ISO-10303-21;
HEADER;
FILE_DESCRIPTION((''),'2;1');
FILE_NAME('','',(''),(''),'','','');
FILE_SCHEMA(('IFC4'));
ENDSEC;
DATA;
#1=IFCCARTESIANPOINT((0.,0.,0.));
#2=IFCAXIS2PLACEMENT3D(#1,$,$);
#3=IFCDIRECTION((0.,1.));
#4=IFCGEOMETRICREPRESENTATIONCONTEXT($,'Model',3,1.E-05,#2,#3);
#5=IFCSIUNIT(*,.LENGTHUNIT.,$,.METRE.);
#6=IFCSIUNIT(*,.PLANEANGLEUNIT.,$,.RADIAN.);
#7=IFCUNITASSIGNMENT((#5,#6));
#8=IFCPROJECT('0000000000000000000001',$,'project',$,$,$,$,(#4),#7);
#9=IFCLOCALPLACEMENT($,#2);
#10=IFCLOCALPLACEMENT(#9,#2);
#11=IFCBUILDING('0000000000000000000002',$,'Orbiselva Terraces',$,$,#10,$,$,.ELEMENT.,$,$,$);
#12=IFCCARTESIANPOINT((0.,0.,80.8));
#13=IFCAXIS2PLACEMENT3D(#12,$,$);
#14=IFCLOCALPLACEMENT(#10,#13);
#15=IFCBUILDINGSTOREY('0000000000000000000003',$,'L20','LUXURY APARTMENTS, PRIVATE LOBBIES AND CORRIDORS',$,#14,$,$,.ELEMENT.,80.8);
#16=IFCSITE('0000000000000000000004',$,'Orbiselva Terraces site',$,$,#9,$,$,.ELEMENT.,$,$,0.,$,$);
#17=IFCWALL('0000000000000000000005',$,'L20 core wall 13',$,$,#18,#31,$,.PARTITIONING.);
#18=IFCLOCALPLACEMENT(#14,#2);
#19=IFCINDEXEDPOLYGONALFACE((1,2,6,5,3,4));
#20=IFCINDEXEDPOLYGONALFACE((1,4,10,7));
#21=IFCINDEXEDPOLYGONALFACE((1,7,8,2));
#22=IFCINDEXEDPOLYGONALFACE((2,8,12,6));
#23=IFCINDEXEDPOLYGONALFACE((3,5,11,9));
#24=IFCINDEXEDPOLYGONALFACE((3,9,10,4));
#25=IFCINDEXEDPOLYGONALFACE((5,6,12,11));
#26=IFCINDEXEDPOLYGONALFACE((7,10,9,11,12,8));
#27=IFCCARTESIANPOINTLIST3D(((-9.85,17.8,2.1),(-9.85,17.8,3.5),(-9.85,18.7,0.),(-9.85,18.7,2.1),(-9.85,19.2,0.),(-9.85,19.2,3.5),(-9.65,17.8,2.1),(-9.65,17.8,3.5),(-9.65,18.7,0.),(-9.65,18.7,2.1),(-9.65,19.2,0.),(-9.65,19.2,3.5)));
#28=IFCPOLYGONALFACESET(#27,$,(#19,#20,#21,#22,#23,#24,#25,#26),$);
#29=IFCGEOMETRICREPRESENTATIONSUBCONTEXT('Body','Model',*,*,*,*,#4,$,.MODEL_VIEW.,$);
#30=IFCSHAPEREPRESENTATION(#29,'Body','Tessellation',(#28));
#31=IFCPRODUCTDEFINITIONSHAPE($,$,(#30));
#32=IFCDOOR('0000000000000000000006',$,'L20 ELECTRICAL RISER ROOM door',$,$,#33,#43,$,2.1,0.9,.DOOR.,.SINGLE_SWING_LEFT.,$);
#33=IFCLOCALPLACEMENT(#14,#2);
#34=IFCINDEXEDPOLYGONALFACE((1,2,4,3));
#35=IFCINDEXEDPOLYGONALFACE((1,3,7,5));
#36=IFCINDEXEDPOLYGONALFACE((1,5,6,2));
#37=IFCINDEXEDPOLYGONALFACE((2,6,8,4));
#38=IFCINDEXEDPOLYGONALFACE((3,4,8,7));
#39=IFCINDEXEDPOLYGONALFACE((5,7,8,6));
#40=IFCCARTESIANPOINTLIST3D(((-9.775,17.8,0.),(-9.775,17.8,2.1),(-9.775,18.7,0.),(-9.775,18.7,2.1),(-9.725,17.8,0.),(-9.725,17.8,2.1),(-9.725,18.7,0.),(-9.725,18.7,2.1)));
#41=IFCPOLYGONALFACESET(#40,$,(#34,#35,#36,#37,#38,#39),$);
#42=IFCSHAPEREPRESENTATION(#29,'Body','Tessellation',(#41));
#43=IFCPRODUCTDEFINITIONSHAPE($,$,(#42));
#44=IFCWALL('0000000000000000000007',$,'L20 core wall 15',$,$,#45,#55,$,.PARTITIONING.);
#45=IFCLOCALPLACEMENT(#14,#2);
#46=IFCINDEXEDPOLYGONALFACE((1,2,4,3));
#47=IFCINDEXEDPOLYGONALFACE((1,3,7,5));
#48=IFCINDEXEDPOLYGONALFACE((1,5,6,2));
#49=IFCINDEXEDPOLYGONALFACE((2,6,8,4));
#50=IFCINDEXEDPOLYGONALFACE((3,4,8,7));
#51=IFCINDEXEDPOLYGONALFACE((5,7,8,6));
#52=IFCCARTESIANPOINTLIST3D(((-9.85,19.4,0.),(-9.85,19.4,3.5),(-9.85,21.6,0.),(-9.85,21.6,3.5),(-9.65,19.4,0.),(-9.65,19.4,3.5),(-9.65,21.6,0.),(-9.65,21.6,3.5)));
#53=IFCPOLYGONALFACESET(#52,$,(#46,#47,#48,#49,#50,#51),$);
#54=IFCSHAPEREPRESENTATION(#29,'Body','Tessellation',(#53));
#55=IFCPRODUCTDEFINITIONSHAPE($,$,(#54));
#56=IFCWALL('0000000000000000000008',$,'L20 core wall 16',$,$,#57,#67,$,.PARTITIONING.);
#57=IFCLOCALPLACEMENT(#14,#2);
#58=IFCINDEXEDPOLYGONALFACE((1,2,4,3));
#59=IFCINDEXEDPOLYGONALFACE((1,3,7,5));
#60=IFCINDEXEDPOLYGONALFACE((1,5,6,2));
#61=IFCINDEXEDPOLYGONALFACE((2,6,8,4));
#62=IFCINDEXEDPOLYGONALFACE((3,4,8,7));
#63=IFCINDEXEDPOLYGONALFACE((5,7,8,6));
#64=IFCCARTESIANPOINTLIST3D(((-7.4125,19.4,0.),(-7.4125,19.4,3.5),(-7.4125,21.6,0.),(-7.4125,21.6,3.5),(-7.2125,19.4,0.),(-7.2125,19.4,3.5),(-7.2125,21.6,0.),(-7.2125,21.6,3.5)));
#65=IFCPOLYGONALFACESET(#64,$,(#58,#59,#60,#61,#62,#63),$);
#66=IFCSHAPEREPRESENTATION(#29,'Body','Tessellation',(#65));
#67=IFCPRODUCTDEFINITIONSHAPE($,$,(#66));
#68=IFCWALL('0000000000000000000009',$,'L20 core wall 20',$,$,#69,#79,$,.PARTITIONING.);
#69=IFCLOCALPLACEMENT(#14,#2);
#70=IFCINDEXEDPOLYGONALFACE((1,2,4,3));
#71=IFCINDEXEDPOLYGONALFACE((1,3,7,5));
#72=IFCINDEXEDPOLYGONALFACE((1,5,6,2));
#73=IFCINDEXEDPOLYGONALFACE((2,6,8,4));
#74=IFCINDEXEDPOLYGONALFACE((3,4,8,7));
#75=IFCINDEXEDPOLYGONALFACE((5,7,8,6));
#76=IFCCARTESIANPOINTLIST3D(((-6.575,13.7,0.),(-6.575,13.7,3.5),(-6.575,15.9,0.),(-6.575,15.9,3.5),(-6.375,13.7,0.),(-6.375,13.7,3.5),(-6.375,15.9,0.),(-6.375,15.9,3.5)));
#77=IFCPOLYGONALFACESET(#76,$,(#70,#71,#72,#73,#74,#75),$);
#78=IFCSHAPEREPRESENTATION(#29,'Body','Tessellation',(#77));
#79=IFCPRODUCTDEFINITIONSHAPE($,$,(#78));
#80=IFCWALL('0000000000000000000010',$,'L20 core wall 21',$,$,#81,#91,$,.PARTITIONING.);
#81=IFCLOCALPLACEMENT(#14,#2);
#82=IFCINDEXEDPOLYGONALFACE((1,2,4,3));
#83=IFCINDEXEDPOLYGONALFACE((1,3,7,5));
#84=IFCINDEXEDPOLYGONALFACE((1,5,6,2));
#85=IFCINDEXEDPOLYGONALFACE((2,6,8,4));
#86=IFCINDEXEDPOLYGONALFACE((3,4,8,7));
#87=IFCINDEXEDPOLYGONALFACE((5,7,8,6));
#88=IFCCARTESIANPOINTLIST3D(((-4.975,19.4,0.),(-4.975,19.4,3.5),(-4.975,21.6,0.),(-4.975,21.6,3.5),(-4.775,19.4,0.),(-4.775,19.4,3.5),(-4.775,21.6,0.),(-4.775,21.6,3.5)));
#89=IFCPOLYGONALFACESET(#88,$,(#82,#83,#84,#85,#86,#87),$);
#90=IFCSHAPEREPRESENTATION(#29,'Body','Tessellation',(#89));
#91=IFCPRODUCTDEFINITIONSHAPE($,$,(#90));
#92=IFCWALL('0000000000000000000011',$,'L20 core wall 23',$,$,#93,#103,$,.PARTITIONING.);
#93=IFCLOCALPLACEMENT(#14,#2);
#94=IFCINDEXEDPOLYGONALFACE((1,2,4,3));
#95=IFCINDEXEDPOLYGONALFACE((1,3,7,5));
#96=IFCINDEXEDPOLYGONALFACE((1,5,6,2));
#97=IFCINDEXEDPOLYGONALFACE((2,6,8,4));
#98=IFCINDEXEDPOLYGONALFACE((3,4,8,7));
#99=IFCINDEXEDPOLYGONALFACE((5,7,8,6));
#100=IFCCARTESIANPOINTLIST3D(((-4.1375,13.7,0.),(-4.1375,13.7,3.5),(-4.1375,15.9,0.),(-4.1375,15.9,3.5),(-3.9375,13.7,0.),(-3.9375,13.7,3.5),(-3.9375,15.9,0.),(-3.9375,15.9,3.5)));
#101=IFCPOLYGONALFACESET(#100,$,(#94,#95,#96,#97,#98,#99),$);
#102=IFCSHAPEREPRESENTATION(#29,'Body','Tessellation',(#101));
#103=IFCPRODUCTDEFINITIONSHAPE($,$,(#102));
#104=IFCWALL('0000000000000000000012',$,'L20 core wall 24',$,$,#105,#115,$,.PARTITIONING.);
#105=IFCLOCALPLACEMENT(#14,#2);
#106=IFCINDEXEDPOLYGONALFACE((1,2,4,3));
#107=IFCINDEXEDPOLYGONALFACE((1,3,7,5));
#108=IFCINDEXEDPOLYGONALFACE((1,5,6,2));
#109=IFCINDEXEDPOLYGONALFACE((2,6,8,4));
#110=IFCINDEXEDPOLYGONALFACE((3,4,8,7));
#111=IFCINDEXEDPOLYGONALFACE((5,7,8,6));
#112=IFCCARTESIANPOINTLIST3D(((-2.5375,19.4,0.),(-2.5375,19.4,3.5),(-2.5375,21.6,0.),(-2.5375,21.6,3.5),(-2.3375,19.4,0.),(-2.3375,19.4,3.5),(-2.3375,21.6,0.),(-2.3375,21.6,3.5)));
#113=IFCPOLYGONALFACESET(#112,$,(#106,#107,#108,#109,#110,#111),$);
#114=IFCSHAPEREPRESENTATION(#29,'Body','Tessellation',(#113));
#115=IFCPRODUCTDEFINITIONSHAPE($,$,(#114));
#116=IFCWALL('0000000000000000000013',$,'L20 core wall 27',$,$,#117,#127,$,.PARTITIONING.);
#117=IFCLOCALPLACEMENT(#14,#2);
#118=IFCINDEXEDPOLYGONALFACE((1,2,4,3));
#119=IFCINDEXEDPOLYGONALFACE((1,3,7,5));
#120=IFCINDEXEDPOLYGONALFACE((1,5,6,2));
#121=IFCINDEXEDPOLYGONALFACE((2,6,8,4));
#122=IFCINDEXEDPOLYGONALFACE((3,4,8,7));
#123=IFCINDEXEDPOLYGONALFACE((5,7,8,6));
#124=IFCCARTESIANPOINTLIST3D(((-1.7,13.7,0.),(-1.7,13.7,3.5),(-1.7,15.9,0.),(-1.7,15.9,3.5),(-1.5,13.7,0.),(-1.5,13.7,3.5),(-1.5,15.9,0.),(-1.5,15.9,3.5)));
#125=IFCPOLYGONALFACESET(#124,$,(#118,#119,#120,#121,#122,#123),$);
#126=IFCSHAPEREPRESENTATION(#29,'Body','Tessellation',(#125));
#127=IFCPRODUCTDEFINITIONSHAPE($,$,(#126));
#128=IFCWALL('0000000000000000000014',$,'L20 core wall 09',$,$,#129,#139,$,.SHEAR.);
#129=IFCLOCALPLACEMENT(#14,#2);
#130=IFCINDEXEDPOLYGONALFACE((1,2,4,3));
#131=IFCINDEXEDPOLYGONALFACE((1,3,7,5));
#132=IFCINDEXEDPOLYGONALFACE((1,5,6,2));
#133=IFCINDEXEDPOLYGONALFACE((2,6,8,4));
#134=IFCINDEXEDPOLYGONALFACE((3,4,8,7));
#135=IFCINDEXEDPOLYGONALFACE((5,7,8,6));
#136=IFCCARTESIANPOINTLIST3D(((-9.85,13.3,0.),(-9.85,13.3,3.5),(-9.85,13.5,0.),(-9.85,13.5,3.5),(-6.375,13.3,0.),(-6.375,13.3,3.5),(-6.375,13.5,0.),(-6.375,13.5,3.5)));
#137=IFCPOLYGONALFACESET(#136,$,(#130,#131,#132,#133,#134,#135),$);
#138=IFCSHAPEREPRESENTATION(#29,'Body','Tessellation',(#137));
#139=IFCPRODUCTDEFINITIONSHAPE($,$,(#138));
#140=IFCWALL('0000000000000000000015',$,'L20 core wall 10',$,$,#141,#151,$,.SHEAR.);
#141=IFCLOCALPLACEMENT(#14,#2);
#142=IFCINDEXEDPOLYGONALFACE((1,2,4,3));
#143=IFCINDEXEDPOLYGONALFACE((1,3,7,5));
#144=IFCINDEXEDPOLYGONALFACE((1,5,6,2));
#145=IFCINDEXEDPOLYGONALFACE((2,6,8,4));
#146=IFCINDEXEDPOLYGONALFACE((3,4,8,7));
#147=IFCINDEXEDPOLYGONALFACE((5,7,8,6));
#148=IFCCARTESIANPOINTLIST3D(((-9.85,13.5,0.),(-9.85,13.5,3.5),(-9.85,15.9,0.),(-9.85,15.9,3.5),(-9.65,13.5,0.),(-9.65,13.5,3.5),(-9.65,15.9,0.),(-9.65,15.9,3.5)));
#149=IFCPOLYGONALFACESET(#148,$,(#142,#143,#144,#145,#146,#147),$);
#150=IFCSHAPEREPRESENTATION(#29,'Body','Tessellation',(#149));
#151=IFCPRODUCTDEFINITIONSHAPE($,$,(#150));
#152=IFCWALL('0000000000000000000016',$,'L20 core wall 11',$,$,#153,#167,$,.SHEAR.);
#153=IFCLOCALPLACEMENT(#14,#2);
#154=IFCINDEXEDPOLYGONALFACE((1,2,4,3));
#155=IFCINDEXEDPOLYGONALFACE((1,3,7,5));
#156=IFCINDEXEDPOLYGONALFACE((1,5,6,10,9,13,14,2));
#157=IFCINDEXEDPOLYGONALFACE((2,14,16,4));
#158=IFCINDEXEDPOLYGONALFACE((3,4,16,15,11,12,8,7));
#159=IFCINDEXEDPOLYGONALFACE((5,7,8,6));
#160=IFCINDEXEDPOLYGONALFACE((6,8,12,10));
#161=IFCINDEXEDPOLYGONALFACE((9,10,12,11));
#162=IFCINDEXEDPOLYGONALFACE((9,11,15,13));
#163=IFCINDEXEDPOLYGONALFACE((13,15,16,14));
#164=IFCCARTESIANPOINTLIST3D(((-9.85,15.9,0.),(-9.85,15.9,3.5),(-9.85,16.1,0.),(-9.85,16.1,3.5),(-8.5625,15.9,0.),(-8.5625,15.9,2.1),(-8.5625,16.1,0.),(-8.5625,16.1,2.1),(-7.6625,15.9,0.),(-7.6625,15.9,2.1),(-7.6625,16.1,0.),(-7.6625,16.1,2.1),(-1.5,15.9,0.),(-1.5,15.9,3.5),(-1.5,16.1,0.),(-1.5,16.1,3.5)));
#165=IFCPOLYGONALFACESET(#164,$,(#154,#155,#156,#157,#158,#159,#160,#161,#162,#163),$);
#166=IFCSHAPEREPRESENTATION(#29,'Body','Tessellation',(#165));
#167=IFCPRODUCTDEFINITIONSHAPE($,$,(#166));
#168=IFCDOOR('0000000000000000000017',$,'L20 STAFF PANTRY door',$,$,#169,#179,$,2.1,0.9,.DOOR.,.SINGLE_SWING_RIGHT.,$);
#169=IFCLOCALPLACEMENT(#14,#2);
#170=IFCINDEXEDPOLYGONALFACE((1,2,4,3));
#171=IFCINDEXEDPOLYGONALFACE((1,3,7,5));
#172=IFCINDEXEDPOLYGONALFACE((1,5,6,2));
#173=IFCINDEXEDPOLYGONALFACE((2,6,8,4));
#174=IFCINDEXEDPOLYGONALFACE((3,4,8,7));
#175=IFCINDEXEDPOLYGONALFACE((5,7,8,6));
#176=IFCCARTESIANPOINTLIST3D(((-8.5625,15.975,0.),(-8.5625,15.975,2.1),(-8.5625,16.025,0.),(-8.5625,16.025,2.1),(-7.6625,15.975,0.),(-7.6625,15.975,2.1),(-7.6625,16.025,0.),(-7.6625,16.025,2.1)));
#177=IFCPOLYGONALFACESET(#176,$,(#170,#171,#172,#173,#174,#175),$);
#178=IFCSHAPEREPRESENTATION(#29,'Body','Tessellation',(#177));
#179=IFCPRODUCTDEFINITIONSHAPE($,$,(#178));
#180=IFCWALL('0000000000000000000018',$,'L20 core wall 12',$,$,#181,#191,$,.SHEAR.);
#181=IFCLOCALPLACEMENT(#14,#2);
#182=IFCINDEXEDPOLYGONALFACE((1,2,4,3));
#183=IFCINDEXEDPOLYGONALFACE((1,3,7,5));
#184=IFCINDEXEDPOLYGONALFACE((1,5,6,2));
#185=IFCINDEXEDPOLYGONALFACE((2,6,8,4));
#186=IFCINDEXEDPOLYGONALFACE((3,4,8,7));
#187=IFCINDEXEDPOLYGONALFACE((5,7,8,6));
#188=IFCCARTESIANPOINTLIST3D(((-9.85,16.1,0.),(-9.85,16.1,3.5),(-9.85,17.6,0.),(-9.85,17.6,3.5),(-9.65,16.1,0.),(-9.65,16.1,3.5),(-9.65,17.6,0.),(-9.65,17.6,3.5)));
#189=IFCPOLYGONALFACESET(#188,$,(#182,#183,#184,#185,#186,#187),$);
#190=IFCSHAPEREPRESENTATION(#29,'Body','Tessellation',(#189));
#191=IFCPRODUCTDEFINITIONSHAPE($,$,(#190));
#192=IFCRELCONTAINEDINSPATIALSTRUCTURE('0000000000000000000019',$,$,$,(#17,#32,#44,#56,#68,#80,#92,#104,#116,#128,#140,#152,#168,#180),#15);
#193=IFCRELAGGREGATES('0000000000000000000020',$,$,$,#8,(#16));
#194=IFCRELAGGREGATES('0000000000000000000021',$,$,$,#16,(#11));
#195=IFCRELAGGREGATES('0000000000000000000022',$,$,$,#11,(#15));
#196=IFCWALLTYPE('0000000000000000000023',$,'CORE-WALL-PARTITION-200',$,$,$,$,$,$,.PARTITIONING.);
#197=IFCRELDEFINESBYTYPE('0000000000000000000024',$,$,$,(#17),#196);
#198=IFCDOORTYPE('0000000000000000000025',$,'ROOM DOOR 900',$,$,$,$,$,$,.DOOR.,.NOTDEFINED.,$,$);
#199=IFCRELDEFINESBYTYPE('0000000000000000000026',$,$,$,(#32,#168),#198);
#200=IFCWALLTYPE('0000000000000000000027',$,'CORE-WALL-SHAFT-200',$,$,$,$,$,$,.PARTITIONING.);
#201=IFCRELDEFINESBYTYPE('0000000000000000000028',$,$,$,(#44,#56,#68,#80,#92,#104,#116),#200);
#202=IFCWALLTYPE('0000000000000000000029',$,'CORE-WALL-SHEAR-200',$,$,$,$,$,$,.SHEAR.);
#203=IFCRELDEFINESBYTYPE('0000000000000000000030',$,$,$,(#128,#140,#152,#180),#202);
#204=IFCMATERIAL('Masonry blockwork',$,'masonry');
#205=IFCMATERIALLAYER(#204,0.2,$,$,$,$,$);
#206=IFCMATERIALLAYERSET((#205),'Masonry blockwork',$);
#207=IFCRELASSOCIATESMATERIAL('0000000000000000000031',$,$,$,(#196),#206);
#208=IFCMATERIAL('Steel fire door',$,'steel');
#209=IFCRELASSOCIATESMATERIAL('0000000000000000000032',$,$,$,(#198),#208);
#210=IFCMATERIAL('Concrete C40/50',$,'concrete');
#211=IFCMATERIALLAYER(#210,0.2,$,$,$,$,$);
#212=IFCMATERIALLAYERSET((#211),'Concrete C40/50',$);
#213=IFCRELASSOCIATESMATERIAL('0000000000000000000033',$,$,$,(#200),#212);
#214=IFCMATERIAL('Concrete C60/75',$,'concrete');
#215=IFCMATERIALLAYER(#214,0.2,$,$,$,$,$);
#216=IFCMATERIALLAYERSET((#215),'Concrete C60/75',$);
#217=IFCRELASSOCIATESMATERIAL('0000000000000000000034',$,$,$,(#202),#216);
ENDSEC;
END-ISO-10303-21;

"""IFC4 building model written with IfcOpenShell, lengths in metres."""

from ifc_helpers import new_model, si_unit, direction, frame, frame_2d, origin, place, context, subcontext, project, spatial, rectangle, extrude, material, layer, layer_set, type_object, element, fill, save


model = new_model("IFC4")

# Units and contexts
model_context = context("Model", 3, precision=1e-05, world=origin(), true_north=direction((0.0, 1.0)))
body_context = subcontext(model_context, "Body", "Model", "MODEL_VIEW")
ifc_project = project(units=[si_unit("LENGTHUNIT", "METRE"), si_unit("PLANEANGLEUNIT", "RADIAN")], contexts=[model_context])

# Site, building, storey
site_placement = place(None, origin())
site = spatial("IfcSite", under=ifc_project, at=site_placement, Name="Orbiselva Terraces site", CompositionType="ELEMENT", RefElevation=0.0)
building_placement = place(site_placement, origin())
building = spatial("IfcBuilding", under=site, at=building_placement, Name="Orbiselva Terraces", CompositionType="ELEMENT")
storey_placement = place(building_placement, frame((0.0, 0.0, 80.8)))
storey = spatial("IfcBuildingStorey", under=building, at=storey_placement, Name="L20", Description="LUXURY APARTMENTS, PRIVATE LOBBIES AND CORRIDORS", CompositionType="ELEMENT", Elevation=80.8)

# Wall, opening, door
ifc_material_1 = material(Name="Masonry blockwork", Category="masonry")
ifc_layer_1 = layer(ifc_material_1, 0.2)
ifc_layer_set_1 = layer_set([ifc_layer_1], Name="Masonry blockwork")
wall_type_1 = type_object("IfcWallType", Name="CORE-WALL-PARTITION-200", PredefinedType="PARTITIONING", material=ifc_layer_set_1)
wall_1_placement = place(storey_placement, frame((-9.75, 17.8, 0.0), z_axis=(0.0, 0.0, 1.0), x_axis=(0.0, 1.0, 0.0)))
wall_1 = element("IfcWall", 1, at=wall_1_placement, inside=storey, type_object=wall_type_1, Name="L20 core wall 13", PredefinedType="PARTITIONING", context=body_context, shape_type="SweptSolid", body=[
    extrude(rectangle(XDim=1.4, YDim=0.2, at=frame_2d((0.7, 0.0))), origin(), (0.0, 0.0, 1.0), 3.5),
])
opening_1_placement = place(wall_1_placement, origin())
opening_1 = element("IfcOpeningElement", 2, at=opening_1_placement, cuts=wall_1, PredefinedType="OPENING", context=body_context, shape_type="SweptSolid", body=[
    extrude(rectangle(XDim=0.9, YDim=2.1, at=frame_2d((0.45, 1.05))), frame((0.0, 0.11, 0.0), z_axis=(0.0, -1.0, 0.0), x_axis=(1.0, 0.0, 0.0)), (0.0, 0.0, 1.0), 0.22),
])
ifc_material_2 = material(Name="Steel fire door", Category="steel")
door_type_1 = type_object("IfcDoorType", Name="ROOM DOOR 900", OperationType="NOTDEFINED", PredefinedType="DOOR", material=ifc_material_2)
door_1_placement = place(opening_1_placement, origin())
door_1 = element("IfcDoor", 3, at=door_1_placement, inside=storey, type_object=door_type_1, Name="L20 ELECTRICAL RISER ROOM door", OperationType="SINGLE_SWING_LEFT", OverallHeight=2.1, OverallWidth=0.9, PredefinedType="DOOR", context=body_context, shape_type="SweptSolid", body=[
    extrude(rectangle(XDim=0.9, YDim=2.1, at=frame_2d((0.45, 1.05))), frame((0.0, 0.025, 0.0), z_axis=(0.0, -1.0, 0.0), x_axis=(1.0, 0.0, 0.0)), (0.0, 0.0, 1.0), 0.05),
])
fill(opening_1, door_1)

# Walls
ifc_material_3 = material(Name="Concrete C40/50", Category="concrete")
ifc_layer_2 = layer(ifc_material_3, 0.2)
ifc_layer_set_2 = layer_set([ifc_layer_2], Name="Concrete C40/50")
wall_type_2 = type_object("IfcWallType", Name="CORE-WALL-SHAFT-200", PredefinedType="PARTITIONING", material=ifc_layer_set_2)
for number, where, z_axis, x_axis, name in (
    (4, (-9.75, 19.4, 0.0), (0.0, 0.0, 1.0), (0.0, 1.0, 0.0), "L20 core wall 15"),
    (5, (-7.3125, 19.4, 0.0), (0.0, 0.0, 1.0), (0.0, 1.0, 0.0), "L20 core wall 16"),
    (6, (-6.475, 13.7, 0.0), (0.0, 0.0, 1.0), (0.0, 1.0, 0.0), "L20 core wall 20"),
    (7, (-4.875, 19.4, 0.0), (0.0, 0.0, 1.0), (0.0, 1.0, 0.0), "L20 core wall 21"),
    (8, (-4.0375, 13.7, 0.0), (0.0, 0.0, 1.0), (0.0, 1.0, 0.0), "L20 core wall 23"),
    (9, (-2.4375, 19.4, 0.0), (0.0, 0.0, 1.0), (0.0, 1.0, 0.0), "L20 core wall 24"),
    (10, (-1.6, 13.7, 0.0), (0.0, 0.0, 1.0), (0.0, 1.0, 0.0), "L20 core wall 27"),
):
    element("IfcWall", number, at=place(storey_placement, frame(where, z_axis=z_axis, x_axis=x_axis)), inside=storey, type_object=wall_type_2, Name=name, PredefinedType="PARTITIONING", context=body_context, shape_type="SweptSolid", body=[
        extrude(rectangle(XDim=2.2, YDim=0.2, at=frame_2d((1.1, 0.0))), origin(), (0.0, 0.0, 1.0), 3.5),
    ])
ifc_material_4 = material(Name="Concrete C60/75", Category="concrete")
ifc_layer_3 = layer(ifc_material_4, 0.2)
ifc_layer_set_3 = layer_set([ifc_layer_3], Name="Concrete C60/75")
wall_type_3 = type_object("IfcWallType", Name="CORE-WALL-SHEAR-200", PredefinedType="SHEAR", material=ifc_layer_set_3)
wall_2_placement = place(storey_placement, frame((-9.85, 13.4, 0.0), z_axis=(0.0, 0.0, 1.0), x_axis=(1.0, 0.0, 0.0)))
element("IfcWall", 11, at=wall_2_placement, inside=storey, type_object=wall_type_3, Name="L20 core wall 09", PredefinedType="SHEAR", context=body_context, shape_type="SweptSolid", body=[
    extrude(rectangle(XDim=3.475, YDim=0.2, at=frame_2d((1.7375, 0.0))), origin(), (0.0, 0.0, 1.0), 3.5),
])
wall_3_placement = place(storey_placement, frame((-9.75, 13.5, 0.0), z_axis=(0.0, 0.0, 1.0), x_axis=(0.0, 1.0, 0.0)))
element("IfcWall", 12, at=wall_3_placement, inside=storey, type_object=wall_type_3, Name="L20 core wall 10", PredefinedType="SHEAR", context=body_context, shape_type="SweptSolid", body=[
    extrude(rectangle(XDim=2.4, YDim=0.2, at=frame_2d((1.2, 0.0))), origin(), (0.0, 0.0, 1.0), 3.5),
])

# Wall, opening, door
wall_4_placement = place(storey_placement, frame((-1.5, 16.0, 0.0), z_axis=(0.0, 0.0, 1.0), x_axis=(-1.0, 0.0, 0.0)))
wall_4 = element("IfcWall", 13, at=wall_4_placement, inside=storey, type_object=wall_type_3, Name="L20 core wall 11", PredefinedType="SHEAR", context=body_context, shape_type="SweptSolid", body=[
    extrude(rectangle(XDim=8.35, YDim=0.2, at=frame_2d((4.175, 0.0))), origin(), (0.0, 0.0, 1.0), 3.5),
])
opening_2_placement = place(wall_4_placement, frame((6.1625, 0.0, 0.0)))
opening_2 = element("IfcOpeningElement", 14, at=opening_2_placement, cuts=wall_4, PredefinedType="OPENING", context=body_context, shape_type="SweptSolid", body=[
    extrude(rectangle(XDim=0.9, YDim=2.1, at=frame_2d((0.45, 1.05))), frame((0.0, 0.11, 0.0), z_axis=(0.0, -1.0, 0.0), x_axis=(1.0, 0.0, 0.0)), (0.0, 0.0, 1.0), 0.22),
])
door_2_placement = place(opening_2_placement, origin())
door_2 = element("IfcDoor", 15, at=door_2_placement, inside=storey, type_object=door_type_1, Name="L20 STAFF PANTRY door", OperationType="SINGLE_SWING_RIGHT", OverallHeight=2.1, OverallWidth=0.9, PredefinedType="DOOR", context=body_context, shape_type="SweptSolid", body=[
    extrude(rectangle(XDim=0.9, YDim=2.1, at=frame_2d((0.45, 1.05))), frame((0.0, 0.025, 0.0), z_axis=(0.0, -1.0, 0.0), x_axis=(1.0, 0.0, 0.0)), (0.0, 0.0, 1.0), 0.05),
])
fill(opening_2, door_2)

# Wall
wall_5_placement = place(storey_placement, frame((-9.75, 16.1, 0.0), z_axis=(0.0, 0.0, 1.0), x_axis=(0.0, 1.0, 0.0)))
element("IfcWall", 16, at=wall_5_placement, inside=storey, type_object=wall_type_3, Name="L20 core wall 12", PredefinedType="SHEAR", context=body_context, shape_type="SweptSolid", body=[
    extrude(rectangle(XDim=1.5, YDim=0.2, at=frame_2d((0.75, 0.0))), origin(), (0.0, 0.0, 1.0), 3.5),
])

save(model, "model.ifc")
